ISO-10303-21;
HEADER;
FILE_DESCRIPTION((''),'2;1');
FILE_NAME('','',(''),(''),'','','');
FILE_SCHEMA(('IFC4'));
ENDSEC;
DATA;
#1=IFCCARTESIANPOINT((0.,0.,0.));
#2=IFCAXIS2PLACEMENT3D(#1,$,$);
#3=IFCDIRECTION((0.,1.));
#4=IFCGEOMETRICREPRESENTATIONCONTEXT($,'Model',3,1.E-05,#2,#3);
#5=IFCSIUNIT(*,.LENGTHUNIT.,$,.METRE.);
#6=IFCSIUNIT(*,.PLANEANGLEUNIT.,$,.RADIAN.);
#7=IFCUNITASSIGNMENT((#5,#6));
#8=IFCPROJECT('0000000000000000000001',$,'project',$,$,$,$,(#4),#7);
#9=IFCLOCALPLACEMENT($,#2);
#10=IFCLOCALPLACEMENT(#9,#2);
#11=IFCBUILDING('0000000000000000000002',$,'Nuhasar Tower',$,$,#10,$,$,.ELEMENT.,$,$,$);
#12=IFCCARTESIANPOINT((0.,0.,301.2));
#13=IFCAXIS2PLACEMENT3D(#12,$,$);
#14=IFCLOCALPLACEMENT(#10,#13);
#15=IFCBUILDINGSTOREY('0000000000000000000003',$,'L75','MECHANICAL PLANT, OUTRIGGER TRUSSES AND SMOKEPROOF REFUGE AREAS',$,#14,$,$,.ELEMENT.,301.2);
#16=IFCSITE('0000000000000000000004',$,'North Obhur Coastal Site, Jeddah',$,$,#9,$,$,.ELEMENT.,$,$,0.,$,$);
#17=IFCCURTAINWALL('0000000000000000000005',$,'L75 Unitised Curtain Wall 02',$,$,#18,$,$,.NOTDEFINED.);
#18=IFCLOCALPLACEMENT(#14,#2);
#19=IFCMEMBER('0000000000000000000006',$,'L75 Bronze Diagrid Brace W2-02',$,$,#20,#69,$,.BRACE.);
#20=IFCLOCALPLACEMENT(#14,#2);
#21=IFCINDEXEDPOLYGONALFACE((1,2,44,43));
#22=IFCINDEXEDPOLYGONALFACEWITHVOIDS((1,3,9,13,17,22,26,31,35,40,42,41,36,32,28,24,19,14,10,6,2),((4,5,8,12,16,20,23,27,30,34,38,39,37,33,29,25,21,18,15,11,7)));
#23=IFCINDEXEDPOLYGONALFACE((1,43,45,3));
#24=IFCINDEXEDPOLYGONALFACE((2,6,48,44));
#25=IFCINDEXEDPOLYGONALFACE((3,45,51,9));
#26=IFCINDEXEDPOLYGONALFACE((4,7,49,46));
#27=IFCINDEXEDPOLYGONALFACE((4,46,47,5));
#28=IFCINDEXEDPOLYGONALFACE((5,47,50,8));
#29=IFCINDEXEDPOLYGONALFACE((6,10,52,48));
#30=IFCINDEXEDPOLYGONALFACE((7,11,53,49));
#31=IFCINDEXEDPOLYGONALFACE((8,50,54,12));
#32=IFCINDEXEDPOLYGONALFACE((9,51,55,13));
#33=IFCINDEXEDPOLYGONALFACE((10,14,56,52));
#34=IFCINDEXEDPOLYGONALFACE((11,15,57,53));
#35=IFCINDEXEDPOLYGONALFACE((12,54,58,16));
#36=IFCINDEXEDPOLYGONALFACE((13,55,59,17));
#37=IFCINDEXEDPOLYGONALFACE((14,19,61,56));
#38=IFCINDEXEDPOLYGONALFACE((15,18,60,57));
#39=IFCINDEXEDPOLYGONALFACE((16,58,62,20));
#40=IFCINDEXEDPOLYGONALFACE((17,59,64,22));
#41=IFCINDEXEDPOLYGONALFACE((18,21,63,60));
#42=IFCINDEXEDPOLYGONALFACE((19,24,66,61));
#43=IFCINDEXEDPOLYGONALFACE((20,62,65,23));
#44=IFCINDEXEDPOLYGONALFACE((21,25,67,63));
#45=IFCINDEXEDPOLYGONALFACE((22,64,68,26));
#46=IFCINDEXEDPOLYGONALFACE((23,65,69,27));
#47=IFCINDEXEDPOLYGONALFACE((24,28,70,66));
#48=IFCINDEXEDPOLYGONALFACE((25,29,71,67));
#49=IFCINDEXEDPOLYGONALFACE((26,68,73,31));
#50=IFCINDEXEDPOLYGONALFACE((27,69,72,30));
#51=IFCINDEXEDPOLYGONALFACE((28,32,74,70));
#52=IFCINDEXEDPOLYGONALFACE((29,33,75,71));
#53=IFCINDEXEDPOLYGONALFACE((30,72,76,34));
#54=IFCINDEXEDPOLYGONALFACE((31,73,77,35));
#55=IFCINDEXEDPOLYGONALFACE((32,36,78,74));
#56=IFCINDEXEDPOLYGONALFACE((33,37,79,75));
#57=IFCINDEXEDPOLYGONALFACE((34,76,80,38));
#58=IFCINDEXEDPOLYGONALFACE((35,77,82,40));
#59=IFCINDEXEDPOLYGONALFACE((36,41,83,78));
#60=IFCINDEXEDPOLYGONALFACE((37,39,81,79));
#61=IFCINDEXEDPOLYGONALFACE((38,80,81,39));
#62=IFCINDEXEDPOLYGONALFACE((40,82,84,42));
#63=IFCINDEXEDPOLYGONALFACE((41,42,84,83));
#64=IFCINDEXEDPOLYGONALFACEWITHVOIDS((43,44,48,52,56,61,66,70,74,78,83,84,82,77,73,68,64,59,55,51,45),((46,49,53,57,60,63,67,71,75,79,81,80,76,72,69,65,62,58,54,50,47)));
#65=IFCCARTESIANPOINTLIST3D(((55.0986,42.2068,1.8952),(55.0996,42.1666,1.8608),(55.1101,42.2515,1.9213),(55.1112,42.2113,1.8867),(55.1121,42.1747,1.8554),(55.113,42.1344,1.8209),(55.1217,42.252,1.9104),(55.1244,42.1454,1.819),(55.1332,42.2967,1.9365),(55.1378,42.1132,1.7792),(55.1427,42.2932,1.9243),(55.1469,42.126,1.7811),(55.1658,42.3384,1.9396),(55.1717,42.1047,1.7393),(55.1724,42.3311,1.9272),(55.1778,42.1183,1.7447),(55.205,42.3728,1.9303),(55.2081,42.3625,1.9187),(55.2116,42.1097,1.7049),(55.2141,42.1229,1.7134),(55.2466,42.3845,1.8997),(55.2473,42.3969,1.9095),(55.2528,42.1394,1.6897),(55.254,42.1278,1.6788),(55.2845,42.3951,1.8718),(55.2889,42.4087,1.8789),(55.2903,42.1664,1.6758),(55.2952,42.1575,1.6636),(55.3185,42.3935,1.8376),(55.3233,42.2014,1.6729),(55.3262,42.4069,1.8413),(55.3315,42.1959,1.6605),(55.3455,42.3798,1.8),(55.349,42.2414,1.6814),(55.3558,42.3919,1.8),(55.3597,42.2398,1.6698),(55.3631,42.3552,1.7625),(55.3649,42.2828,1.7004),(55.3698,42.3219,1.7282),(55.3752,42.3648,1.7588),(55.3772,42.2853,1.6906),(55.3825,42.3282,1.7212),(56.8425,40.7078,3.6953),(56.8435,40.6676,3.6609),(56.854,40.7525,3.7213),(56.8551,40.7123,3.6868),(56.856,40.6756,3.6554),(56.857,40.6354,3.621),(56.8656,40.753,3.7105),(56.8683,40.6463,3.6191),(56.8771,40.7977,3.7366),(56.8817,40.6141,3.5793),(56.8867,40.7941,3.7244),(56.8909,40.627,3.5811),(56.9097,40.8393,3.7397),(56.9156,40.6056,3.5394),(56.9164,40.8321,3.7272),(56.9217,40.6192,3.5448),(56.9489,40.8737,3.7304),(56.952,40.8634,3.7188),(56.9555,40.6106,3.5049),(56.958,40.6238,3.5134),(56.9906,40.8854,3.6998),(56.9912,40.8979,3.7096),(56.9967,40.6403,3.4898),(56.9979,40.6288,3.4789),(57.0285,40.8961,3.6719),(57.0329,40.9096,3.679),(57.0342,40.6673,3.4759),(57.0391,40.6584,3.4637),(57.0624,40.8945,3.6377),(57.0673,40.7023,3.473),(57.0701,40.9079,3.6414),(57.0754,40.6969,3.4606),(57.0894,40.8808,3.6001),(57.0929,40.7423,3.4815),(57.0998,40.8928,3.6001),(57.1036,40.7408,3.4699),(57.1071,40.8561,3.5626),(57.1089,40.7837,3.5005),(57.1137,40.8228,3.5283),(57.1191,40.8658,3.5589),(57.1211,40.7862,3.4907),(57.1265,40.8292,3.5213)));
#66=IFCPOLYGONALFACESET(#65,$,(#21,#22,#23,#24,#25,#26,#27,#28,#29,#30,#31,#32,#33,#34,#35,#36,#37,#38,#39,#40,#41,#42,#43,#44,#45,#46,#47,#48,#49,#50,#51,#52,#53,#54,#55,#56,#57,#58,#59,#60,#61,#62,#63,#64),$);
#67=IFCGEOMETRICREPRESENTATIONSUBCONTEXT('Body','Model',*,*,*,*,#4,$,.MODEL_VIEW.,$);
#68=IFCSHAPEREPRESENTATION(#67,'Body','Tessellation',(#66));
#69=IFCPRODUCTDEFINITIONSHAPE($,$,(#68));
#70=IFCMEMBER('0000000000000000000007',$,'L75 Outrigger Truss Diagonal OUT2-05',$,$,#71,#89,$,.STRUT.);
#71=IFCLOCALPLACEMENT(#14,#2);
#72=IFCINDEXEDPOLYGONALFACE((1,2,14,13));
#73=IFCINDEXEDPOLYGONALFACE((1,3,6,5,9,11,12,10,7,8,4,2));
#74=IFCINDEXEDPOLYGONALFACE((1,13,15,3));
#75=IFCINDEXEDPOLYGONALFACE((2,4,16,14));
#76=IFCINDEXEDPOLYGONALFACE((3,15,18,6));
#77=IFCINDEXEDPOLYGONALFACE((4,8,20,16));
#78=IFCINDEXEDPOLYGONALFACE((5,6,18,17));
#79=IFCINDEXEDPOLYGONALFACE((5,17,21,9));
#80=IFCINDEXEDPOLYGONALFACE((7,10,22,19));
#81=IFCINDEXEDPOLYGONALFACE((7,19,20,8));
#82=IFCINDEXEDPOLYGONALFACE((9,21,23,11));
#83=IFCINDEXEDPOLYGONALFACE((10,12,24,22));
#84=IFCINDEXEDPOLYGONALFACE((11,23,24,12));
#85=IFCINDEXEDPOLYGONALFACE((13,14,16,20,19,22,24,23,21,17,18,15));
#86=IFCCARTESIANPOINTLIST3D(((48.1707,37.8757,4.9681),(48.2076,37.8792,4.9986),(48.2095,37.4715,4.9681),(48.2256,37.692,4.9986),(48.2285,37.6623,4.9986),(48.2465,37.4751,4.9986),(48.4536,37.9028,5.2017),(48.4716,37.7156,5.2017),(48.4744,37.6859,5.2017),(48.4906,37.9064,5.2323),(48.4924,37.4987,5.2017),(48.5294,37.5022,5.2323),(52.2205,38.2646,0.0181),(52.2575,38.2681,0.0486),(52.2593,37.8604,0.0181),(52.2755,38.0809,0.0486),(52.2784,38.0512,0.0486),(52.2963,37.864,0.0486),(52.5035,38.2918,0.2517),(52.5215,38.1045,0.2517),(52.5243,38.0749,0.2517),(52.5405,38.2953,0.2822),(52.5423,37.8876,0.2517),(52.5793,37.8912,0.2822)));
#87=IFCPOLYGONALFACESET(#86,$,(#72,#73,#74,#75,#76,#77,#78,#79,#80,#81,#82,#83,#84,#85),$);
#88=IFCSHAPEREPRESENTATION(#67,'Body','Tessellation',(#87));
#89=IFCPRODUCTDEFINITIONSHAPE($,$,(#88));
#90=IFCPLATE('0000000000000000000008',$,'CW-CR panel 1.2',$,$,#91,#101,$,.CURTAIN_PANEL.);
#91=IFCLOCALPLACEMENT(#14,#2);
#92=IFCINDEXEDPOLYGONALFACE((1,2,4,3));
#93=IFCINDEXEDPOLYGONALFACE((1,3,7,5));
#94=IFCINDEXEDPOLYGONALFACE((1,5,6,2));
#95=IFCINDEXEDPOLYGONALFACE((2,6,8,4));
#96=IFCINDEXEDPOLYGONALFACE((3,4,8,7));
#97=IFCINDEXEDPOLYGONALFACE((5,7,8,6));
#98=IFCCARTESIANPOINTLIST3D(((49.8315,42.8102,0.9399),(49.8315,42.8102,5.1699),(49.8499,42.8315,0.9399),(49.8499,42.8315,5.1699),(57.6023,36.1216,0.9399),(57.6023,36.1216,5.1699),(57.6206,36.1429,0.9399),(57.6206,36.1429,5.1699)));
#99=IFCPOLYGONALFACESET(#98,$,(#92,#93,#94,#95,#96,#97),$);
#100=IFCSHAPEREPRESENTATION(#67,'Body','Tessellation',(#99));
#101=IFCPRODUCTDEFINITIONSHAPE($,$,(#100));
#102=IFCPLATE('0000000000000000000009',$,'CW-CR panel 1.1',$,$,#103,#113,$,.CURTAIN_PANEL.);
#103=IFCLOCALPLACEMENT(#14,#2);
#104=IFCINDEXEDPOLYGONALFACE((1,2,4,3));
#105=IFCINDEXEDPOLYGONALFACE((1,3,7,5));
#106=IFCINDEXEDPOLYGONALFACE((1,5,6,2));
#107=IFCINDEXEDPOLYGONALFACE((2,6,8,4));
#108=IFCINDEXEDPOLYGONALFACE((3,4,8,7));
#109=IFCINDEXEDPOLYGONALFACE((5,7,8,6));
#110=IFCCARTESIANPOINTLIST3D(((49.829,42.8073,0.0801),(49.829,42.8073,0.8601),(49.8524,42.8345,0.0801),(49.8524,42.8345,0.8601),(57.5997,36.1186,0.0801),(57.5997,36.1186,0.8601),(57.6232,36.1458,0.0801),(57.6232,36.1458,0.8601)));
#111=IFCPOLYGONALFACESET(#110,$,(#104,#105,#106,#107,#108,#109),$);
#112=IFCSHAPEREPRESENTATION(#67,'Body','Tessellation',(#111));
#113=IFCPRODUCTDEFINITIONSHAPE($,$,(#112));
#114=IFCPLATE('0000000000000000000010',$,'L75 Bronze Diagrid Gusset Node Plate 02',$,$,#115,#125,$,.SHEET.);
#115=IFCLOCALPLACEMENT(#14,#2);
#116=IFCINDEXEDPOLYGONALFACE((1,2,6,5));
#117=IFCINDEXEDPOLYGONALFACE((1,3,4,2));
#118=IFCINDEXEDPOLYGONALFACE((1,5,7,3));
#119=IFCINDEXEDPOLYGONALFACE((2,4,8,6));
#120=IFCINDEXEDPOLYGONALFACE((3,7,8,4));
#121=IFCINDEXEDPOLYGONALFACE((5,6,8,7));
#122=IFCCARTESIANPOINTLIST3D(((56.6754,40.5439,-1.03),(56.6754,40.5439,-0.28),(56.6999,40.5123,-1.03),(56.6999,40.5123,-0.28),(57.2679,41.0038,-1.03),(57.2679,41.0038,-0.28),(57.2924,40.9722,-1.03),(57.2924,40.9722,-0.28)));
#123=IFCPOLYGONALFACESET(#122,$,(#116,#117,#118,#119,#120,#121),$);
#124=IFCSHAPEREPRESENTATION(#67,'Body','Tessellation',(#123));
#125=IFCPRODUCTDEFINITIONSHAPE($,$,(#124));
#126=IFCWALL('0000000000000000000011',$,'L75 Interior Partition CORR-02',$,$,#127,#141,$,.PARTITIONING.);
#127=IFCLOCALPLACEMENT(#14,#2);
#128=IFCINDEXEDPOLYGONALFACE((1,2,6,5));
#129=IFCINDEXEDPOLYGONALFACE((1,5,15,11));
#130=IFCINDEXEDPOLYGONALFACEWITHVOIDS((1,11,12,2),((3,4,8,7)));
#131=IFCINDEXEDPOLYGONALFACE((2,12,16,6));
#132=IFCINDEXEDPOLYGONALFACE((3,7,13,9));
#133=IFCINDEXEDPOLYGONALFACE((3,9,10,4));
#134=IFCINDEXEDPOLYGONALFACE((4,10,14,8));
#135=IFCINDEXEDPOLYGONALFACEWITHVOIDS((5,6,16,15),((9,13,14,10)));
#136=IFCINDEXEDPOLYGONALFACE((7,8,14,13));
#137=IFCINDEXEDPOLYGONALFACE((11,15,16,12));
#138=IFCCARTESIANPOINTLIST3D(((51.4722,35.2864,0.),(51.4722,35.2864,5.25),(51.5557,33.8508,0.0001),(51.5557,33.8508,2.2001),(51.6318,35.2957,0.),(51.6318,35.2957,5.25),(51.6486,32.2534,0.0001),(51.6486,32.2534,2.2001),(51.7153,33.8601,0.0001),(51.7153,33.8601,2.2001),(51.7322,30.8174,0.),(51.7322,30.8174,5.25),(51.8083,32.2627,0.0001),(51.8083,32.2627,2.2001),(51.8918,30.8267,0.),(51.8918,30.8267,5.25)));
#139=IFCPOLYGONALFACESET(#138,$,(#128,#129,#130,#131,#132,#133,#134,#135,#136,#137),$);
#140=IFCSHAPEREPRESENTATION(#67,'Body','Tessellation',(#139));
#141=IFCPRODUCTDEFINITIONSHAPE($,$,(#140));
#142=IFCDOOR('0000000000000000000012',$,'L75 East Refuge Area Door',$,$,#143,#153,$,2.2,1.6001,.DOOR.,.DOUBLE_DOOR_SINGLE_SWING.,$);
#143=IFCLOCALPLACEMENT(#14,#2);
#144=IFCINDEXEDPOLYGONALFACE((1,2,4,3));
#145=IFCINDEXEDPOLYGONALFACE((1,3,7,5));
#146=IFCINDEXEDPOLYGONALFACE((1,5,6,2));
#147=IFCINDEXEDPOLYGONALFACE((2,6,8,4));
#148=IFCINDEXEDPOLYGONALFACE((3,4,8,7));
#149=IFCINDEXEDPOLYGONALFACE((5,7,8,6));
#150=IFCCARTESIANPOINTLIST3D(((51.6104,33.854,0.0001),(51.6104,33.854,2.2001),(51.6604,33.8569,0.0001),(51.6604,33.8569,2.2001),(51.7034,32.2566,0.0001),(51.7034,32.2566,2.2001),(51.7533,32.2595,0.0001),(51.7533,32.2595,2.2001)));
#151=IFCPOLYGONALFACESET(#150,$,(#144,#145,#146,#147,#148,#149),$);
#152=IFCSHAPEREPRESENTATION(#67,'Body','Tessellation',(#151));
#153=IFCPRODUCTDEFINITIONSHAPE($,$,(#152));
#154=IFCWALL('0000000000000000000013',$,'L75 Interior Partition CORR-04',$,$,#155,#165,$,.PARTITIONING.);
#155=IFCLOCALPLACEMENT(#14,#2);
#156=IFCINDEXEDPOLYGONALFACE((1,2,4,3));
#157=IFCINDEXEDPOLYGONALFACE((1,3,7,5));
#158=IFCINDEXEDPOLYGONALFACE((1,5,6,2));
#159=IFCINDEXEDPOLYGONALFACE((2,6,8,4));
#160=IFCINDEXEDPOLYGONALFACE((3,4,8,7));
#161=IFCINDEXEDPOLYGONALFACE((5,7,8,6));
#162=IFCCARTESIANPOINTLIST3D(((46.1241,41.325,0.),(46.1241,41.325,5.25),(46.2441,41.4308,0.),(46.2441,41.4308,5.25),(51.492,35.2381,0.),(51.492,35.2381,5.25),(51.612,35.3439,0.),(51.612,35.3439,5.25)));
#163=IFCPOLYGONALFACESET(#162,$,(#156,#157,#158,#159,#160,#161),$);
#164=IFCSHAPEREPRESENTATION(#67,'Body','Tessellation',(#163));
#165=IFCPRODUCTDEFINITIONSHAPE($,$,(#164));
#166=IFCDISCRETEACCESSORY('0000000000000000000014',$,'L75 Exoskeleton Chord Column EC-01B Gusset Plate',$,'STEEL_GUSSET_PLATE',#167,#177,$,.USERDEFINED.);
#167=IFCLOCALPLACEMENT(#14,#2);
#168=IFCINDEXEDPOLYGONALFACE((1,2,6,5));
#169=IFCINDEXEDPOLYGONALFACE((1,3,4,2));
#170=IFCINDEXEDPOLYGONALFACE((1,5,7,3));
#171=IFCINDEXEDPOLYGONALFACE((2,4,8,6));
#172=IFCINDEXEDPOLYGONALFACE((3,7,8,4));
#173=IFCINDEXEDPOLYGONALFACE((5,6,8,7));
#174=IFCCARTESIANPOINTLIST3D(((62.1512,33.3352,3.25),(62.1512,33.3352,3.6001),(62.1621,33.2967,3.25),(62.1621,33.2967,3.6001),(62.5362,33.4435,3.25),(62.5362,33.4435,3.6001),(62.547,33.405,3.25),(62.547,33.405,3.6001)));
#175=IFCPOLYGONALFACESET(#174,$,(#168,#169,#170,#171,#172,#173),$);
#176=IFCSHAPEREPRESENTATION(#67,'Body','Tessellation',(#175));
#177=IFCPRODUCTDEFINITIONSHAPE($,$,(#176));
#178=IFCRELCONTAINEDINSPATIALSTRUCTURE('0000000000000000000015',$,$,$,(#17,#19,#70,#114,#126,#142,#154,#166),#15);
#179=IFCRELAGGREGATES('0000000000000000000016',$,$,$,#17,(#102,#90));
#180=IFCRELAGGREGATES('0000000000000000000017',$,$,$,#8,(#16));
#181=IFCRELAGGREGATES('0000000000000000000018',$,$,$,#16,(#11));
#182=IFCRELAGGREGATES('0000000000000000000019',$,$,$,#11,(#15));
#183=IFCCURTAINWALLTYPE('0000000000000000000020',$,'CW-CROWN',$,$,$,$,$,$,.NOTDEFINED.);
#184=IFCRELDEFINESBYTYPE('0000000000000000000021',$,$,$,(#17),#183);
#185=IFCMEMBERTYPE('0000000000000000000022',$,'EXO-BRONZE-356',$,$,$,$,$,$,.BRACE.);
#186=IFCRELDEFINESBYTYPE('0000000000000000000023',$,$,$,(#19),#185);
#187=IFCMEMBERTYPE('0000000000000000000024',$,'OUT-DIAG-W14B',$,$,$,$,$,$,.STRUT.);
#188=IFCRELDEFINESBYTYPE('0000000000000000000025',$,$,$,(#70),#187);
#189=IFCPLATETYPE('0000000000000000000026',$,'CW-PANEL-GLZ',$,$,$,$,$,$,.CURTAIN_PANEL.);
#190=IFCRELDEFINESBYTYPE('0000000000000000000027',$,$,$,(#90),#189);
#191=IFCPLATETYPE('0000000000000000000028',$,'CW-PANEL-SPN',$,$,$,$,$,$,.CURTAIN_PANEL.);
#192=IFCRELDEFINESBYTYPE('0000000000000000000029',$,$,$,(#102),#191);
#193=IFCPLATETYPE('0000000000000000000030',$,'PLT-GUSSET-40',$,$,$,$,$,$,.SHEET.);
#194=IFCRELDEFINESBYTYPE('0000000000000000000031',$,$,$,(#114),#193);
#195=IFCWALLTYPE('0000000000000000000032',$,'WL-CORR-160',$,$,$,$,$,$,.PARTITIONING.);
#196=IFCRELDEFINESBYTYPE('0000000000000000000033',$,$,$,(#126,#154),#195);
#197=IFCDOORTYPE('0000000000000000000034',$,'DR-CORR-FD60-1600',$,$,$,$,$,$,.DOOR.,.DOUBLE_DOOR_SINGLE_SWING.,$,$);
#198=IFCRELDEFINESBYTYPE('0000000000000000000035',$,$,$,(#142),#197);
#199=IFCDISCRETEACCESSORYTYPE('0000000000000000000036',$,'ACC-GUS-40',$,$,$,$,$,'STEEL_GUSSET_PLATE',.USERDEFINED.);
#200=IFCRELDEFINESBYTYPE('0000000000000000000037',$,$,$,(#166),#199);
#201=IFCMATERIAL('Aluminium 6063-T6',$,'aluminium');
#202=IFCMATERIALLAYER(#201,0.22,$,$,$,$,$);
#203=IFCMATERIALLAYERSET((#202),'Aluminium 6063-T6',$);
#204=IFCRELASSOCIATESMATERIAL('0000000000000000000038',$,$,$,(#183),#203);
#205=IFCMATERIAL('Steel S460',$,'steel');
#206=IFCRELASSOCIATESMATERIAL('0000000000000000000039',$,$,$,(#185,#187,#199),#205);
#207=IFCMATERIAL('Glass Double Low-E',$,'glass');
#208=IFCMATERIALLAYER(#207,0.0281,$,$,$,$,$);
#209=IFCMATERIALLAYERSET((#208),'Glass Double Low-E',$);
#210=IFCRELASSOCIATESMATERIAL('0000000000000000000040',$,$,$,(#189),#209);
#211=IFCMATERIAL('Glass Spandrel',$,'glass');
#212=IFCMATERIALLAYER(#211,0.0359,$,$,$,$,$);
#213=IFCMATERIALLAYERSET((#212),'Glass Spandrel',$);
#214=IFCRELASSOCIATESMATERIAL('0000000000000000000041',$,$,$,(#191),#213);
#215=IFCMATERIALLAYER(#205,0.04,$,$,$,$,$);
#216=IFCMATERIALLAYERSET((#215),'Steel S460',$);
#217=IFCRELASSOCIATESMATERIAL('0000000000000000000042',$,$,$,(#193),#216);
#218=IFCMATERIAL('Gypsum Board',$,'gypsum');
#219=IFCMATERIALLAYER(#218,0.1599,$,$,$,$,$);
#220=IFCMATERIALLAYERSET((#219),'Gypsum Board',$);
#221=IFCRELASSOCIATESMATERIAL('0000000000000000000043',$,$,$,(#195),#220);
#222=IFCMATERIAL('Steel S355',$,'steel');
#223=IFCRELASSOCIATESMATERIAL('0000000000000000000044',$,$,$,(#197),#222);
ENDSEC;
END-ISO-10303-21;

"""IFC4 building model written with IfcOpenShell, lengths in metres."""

from ifc_helpers import new_model, si_unit, direction, frame, frame_2d, origin, origin_2d, place, context, subcontext, project, spatial, rectangle, hollow_circle, i_section, extrude, material, layer, layer_set, material_profile, profile_set, type_object, element, fill, aggregate, save


model = new_model("IFC4")

# Units and contexts
model_context = context("Model", 3, precision=1e-05, world=origin(), true_north=direction((0.0, 1.0)))
body_context = subcontext(model_context, "Body", "Model", "MODEL_VIEW")
ifc_project = project(units=[si_unit("LENGTHUNIT", "METRE"), si_unit("PLANEANGLEUNIT", "RADIAN")], contexts=[model_context])

# Site, building, storey
site_placement = place(None, origin())
site = spatial("IfcSite", under=ifc_project, at=site_placement, Name="North Obhur Coastal Site, Jeddah", CompositionType="ELEMENT", RefElevation=0.0)
building_placement = place(site_placement, origin())
building = spatial("IfcBuilding", under=site, at=building_placement, Name="Nuhasar Tower", CompositionType="ELEMENT")
storey_placement = place(building_placement, frame((0.0, 0.0, 301.2)))
storey = spatial("IfcBuildingStorey", under=building, at=storey_placement, Name="L75", Description="MECHANICAL PLANT, OUTRIGGER TRUSSES AND SMOKEPROOF REFUGE AREAS", CompositionType="ELEMENT", Elevation=301.2)

# Shared definitions
ifc_material_1 = material(Name="Steel S460", Category="steel")

# Shared definitions
ifc_material_2 = material(Name="Steel S355", Category="steel")

# Shared definitions
ifc_material_3 = material(Name="Aluminium 6063-T6", Category="aluminium")
ifc_layer_1 = layer(ifc_material_3, 0.22)
ifc_layer_set_1 = layer_set([ifc_layer_1], Name="Aluminium 6063-T6")
curtain_wall_type = type_object("IfcCurtainWallType", Name="CW-CROWN", PredefinedType="NOTDEFINED", material=ifc_layer_set_1)

# Curtain wall
curtain_wall_1_placement = place(storey_placement, origin())
curtain_wall_1 = element("IfcCurtainWall", 1, at=curtain_wall_1_placement, inside=storey, type_object=curtain_wall_type, Name="L75 Unitised Curtain Wall 02", PredefinedType="NOTDEFINED")

# Members
ifc_material_profile_1 = material_profile(ifc_material_1, hollow_circle(Radius=0.1777, WallThickness=0.0159, at=origin_2d()), Name="HSS355.6X15.9")
ifc_profile_set_1 = profile_set([ifc_material_profile_1], Name="Steel S460")
member_type_1 = type_object("IfcMemberType", Name="EXO-BRONZE-356", PredefinedType="BRACE", material=ifc_profile_set_1)
for number, where, z_axis, x_axis, name in (
    (2, (55.24, 42.2571, 1.8), (0.597154, -0.513303, 0.616382), (0.651857, 0.758342, 0.0), "L75 Bronze Diagrid Brace W2-02"),
):
    element("IfcMember", number, at=place(storey_placement, frame(where, z_axis=z_axis, x_axis=x_axis)), inside=storey, type_object=member_type_1, Name=name, PredefinedType="BRACE", context=body_context, shape_type="SweptSolid", body=[
        extrude(hollow_circle(Radius=0.1777, WallThickness=0.0159, at=origin_2d()), origin(), (0.0, 0.0, 1.0), 2.9204),
    ])
ifc_material_profile_2 = material_profile(ifc_material_1, i_section(OverallWidth=0.406, OverallDepth=0.416, WebThickness=0.0298, FlangeThickness=0.0481, at=origin_2d()), Name="W14X257")
ifc_profile_set_2 = profile_set([ifc_material_profile_2], Name="Steel S460")
member_type_2 = type_object("IfcMemberType", Name="OUT-DIAG-W14B", PredefinedType="STRUT", material=ifc_profile_set_2)
member_1_placement = place(storey_placement, frame((52.3999, 38.0779, 0.1501), z_axis=(-0.632056, -0.060698, 0.772542), x_axis=(0.095593, -0.99542, 0.0)))
element("IfcMember", 3, at=member_1_placement, inside=storey, type_object=member_type_2, Name="L75 Outrigger Truss Diagonal OUT2-05", PredefinedType="STRUT", context=body_context, shape_type="SweptSolid", body=[
    extrude(i_section(OverallWidth=0.406, OverallDepth=0.416, WebThickness=0.0298, FlangeThickness=0.0481, at=origin_2d()), origin(), (0.0, 0.0, 1.0), 6.4075),
])

# Plates
ifc_material_4 = material(Name="Glass Double Low-E", Category="glass")
ifc_layer_2 = layer(ifc_material_4, 0.0281)
ifc_layer_set_2 = layer_set([ifc_layer_2], Name="Glass Double Low-E")
plate_type_1 = type_object("IfcPlateType", Name="CW-PANEL-GLZ", PredefinedType="CURTAIN_PANEL", material=ifc_layer_set_2)
plate_1_placement = place(storey_placement, frame((53.7261, 39.4766, 0.9399), z_axis=(0.0, 0.0, 1.0), x_axis=(-0.757906, 0.652364, 0.0)))
plate_1 = element("IfcPlate", 4, at=plate_1_placement, type_object=plate_type_1, Name="CW-CR panel 1.2", PredefinedType="CURTAIN_PANEL", context=body_context, shape_type="SweptSolid", body=[
    extrude(rectangle(XDim=10.2529, YDim=0.0281, at=origin_2d()), origin(), (0.0, 0.0, 1.0), 4.23),
])
ifc_material_5 = material(Name="Glass Spandrel", Category="glass")
ifc_layer_3 = layer(ifc_material_5, 0.0359)
ifc_layer_set_3 = layer_set([ifc_layer_3], Name="Glass Spandrel")
plate_type_2 = type_object("IfcPlateType", Name="CW-PANEL-SPN", PredefinedType="CURTAIN_PANEL", material=ifc_layer_set_3)
plate_2_placement = place(storey_placement, frame((53.7261, 39.4766, 0.0801), z_axis=(0.0, 0.0, 1.0), x_axis=(-0.757906, 0.652364, 0.0)))
plate_2 = element("IfcPlate", 5, at=plate_2_placement, type_object=plate_type_2, Name="CW-CR panel 1.1", PredefinedType="CURTAIN_PANEL", context=body_context, shape_type="SweptSolid", body=[
    extrude(rectangle(XDim=10.2529, YDim=0.0359, at=origin_2d()), origin(), (0.0, 0.0, 1.0), 0.78),
])
aggregate(curtain_wall_1, [plate_2, plate_1])
ifc_layer_4 = layer(ifc_material_1, 0.04)
ifc_layer_set_4 = layer_set([ifc_layer_4], Name="Steel S460")
plate_type_3 = type_object("IfcPlateType", Name="PLT-GUSSET-40", PredefinedType="SHEET", material=ifc_layer_set_4)
plate_3_placement = place(storey_placement, frame((56.9839, 40.7581, -1.03), z_axis=(0.0, 0.0, 1.0), x_axis=(0.789984, 0.613128, 0.0)))
element("IfcPlate", 6, at=plate_3_placement, inside=storey, type_object=plate_type_3, Name="L75 Bronze Diagrid Gusset Node Plate 02", PredefinedType="SHEET", context=body_context, shape_type="SweptSolid", body=[
    extrude(rectangle(XDim=0.75, YDim=0.04, at=origin_2d()), origin(), (0.0, 0.0, 1.0), 0.75),
])

# Wall, opening, door
ifc_material_6 = material(Name="Gypsum Board", Category="gypsum")
ifc_layer_5 = layer(ifc_material_6, 0.1599)
ifc_layer_set_5 = layer_set([ifc_layer_5], Name="Gypsum Board")
wall_type = type_object("IfcWallType", Name="WL-CORR-160", PredefinedType="PARTITIONING", material=ifc_layer_set_5)
wall_1_placement = place(storey_placement, frame((51.552, 35.291, 0.0), z_axis=(0.0, 0.0, 1.0), x_axis=(0.058083, -0.998312, 0.0)))
wall_1 = element("IfcWall", 7, at=wall_1_placement, inside=storey, type_object=wall_type, Name="L75 Interior Partition CORR-02", PredefinedType="PARTITIONING", context=body_context, shape_type="SweptSolid", body=[
    extrude(rectangle(XDim=4.4766, YDim=0.1599, at=frame_2d((2.2383, 0.0))), origin(), (0.0, 0.0, 1.0), 5.25),
])
opening_placement = place(wall_1_placement, frame((1.438, 0.0, 0.0)))
opening = element("IfcOpeningElement", 8, at=opening_placement, cuts=wall_1, PredefinedType="OPENING", context=body_context, shape_type="SweptSolid", body=[
    extrude(rectangle(XDim=1.6001, YDim=2.2, at=frame_2d((0.8, 1.1001))), frame((0.0, 0.0898, 0.0), z_axis=(0.0, -1.0, 0.0), x_axis=(1.0, 0.0, 0.0)), (0.0, 0.0, 1.0), 0.1799),
])
door_type = type_object("IfcDoorType", Name="DR-CORR-FD60-1600", OperationType="DOUBLE_DOOR_SINGLE_SWING", PredefinedType="DOOR", material=ifc_material_2)
door_placement = place(opening_placement, origin())
door = element("IfcDoor", 9, at=door_placement, inside=storey, type_object=door_type, Name="L75 East Refuge Area Door", OperationType="DOUBLE_DOOR_SINGLE_SWING", OverallHeight=2.2, OverallWidth=1.6001, PredefinedType="DOOR", context=body_context, shape_type="SweptSolid", body=[
    extrude(rectangle(XDim=1.6001, YDim=2.2, at=frame_2d((0.8, 1.1001))), frame((0.0, 0.0249, 0.0), z_axis=(0.0, -1.0, 0.0), x_axis=(1.0, 0.0, 0.0)), (0.0, 0.0, 1.0), 0.05),
])
fill(opening, door)

# Wall
wall_2_placement = place(storey_placement, frame((51.552, 35.291, 0.0), z_axis=(0.0, 0.0, 1.0), x_axis=(-0.661422, 0.750014, 0.0)))
element("IfcWall", 10, at=wall_2_placement, inside=storey, type_object=wall_type, Name="L75 Interior Partition CORR-04", PredefinedType="PARTITIONING", context=body_context, shape_type="SweptSolid", body=[
    extrude(rectangle(XDim=8.1157, YDim=0.1599, at=frame_2d((4.0579, 0.0))), origin(), (0.0, 0.0, 1.0), 5.25),
])

# Discrete accessory
discrete_accessory_type = type_object("IfcDiscreteAccessoryType", Name="ACC-GUS-40", ElementType="STEEL_GUSSET_PLATE", PredefinedType="USERDEFINED", material=ifc_material_1)
for number, where, z_axis, x_axis, name in (
    (11, (62.3491, 33.3701, 3.25), (0.0, 0.0, 1.0), (0.962621, 0.270852, 0.0), "L75 Exoskeleton Chord Column EC-01B Gusset Plate"),
):
    element("IfcDiscreteAccessory", number, at=place(storey_placement, frame(where, z_axis=z_axis, x_axis=x_axis)), inside=storey, type_object=discrete_accessory_type, Name=name, ObjectType="STEEL_GUSSET_PLATE", PredefinedType="USERDEFINED", context=body_context, shape_type="SweptSolid", body=[
        extrude(rectangle(XDim=0.3999, YDim=0.04, at=origin_2d()), origin(), (0.0, 0.0, 1.0), 0.3501),
    ])

save(model, "model.ifc")
